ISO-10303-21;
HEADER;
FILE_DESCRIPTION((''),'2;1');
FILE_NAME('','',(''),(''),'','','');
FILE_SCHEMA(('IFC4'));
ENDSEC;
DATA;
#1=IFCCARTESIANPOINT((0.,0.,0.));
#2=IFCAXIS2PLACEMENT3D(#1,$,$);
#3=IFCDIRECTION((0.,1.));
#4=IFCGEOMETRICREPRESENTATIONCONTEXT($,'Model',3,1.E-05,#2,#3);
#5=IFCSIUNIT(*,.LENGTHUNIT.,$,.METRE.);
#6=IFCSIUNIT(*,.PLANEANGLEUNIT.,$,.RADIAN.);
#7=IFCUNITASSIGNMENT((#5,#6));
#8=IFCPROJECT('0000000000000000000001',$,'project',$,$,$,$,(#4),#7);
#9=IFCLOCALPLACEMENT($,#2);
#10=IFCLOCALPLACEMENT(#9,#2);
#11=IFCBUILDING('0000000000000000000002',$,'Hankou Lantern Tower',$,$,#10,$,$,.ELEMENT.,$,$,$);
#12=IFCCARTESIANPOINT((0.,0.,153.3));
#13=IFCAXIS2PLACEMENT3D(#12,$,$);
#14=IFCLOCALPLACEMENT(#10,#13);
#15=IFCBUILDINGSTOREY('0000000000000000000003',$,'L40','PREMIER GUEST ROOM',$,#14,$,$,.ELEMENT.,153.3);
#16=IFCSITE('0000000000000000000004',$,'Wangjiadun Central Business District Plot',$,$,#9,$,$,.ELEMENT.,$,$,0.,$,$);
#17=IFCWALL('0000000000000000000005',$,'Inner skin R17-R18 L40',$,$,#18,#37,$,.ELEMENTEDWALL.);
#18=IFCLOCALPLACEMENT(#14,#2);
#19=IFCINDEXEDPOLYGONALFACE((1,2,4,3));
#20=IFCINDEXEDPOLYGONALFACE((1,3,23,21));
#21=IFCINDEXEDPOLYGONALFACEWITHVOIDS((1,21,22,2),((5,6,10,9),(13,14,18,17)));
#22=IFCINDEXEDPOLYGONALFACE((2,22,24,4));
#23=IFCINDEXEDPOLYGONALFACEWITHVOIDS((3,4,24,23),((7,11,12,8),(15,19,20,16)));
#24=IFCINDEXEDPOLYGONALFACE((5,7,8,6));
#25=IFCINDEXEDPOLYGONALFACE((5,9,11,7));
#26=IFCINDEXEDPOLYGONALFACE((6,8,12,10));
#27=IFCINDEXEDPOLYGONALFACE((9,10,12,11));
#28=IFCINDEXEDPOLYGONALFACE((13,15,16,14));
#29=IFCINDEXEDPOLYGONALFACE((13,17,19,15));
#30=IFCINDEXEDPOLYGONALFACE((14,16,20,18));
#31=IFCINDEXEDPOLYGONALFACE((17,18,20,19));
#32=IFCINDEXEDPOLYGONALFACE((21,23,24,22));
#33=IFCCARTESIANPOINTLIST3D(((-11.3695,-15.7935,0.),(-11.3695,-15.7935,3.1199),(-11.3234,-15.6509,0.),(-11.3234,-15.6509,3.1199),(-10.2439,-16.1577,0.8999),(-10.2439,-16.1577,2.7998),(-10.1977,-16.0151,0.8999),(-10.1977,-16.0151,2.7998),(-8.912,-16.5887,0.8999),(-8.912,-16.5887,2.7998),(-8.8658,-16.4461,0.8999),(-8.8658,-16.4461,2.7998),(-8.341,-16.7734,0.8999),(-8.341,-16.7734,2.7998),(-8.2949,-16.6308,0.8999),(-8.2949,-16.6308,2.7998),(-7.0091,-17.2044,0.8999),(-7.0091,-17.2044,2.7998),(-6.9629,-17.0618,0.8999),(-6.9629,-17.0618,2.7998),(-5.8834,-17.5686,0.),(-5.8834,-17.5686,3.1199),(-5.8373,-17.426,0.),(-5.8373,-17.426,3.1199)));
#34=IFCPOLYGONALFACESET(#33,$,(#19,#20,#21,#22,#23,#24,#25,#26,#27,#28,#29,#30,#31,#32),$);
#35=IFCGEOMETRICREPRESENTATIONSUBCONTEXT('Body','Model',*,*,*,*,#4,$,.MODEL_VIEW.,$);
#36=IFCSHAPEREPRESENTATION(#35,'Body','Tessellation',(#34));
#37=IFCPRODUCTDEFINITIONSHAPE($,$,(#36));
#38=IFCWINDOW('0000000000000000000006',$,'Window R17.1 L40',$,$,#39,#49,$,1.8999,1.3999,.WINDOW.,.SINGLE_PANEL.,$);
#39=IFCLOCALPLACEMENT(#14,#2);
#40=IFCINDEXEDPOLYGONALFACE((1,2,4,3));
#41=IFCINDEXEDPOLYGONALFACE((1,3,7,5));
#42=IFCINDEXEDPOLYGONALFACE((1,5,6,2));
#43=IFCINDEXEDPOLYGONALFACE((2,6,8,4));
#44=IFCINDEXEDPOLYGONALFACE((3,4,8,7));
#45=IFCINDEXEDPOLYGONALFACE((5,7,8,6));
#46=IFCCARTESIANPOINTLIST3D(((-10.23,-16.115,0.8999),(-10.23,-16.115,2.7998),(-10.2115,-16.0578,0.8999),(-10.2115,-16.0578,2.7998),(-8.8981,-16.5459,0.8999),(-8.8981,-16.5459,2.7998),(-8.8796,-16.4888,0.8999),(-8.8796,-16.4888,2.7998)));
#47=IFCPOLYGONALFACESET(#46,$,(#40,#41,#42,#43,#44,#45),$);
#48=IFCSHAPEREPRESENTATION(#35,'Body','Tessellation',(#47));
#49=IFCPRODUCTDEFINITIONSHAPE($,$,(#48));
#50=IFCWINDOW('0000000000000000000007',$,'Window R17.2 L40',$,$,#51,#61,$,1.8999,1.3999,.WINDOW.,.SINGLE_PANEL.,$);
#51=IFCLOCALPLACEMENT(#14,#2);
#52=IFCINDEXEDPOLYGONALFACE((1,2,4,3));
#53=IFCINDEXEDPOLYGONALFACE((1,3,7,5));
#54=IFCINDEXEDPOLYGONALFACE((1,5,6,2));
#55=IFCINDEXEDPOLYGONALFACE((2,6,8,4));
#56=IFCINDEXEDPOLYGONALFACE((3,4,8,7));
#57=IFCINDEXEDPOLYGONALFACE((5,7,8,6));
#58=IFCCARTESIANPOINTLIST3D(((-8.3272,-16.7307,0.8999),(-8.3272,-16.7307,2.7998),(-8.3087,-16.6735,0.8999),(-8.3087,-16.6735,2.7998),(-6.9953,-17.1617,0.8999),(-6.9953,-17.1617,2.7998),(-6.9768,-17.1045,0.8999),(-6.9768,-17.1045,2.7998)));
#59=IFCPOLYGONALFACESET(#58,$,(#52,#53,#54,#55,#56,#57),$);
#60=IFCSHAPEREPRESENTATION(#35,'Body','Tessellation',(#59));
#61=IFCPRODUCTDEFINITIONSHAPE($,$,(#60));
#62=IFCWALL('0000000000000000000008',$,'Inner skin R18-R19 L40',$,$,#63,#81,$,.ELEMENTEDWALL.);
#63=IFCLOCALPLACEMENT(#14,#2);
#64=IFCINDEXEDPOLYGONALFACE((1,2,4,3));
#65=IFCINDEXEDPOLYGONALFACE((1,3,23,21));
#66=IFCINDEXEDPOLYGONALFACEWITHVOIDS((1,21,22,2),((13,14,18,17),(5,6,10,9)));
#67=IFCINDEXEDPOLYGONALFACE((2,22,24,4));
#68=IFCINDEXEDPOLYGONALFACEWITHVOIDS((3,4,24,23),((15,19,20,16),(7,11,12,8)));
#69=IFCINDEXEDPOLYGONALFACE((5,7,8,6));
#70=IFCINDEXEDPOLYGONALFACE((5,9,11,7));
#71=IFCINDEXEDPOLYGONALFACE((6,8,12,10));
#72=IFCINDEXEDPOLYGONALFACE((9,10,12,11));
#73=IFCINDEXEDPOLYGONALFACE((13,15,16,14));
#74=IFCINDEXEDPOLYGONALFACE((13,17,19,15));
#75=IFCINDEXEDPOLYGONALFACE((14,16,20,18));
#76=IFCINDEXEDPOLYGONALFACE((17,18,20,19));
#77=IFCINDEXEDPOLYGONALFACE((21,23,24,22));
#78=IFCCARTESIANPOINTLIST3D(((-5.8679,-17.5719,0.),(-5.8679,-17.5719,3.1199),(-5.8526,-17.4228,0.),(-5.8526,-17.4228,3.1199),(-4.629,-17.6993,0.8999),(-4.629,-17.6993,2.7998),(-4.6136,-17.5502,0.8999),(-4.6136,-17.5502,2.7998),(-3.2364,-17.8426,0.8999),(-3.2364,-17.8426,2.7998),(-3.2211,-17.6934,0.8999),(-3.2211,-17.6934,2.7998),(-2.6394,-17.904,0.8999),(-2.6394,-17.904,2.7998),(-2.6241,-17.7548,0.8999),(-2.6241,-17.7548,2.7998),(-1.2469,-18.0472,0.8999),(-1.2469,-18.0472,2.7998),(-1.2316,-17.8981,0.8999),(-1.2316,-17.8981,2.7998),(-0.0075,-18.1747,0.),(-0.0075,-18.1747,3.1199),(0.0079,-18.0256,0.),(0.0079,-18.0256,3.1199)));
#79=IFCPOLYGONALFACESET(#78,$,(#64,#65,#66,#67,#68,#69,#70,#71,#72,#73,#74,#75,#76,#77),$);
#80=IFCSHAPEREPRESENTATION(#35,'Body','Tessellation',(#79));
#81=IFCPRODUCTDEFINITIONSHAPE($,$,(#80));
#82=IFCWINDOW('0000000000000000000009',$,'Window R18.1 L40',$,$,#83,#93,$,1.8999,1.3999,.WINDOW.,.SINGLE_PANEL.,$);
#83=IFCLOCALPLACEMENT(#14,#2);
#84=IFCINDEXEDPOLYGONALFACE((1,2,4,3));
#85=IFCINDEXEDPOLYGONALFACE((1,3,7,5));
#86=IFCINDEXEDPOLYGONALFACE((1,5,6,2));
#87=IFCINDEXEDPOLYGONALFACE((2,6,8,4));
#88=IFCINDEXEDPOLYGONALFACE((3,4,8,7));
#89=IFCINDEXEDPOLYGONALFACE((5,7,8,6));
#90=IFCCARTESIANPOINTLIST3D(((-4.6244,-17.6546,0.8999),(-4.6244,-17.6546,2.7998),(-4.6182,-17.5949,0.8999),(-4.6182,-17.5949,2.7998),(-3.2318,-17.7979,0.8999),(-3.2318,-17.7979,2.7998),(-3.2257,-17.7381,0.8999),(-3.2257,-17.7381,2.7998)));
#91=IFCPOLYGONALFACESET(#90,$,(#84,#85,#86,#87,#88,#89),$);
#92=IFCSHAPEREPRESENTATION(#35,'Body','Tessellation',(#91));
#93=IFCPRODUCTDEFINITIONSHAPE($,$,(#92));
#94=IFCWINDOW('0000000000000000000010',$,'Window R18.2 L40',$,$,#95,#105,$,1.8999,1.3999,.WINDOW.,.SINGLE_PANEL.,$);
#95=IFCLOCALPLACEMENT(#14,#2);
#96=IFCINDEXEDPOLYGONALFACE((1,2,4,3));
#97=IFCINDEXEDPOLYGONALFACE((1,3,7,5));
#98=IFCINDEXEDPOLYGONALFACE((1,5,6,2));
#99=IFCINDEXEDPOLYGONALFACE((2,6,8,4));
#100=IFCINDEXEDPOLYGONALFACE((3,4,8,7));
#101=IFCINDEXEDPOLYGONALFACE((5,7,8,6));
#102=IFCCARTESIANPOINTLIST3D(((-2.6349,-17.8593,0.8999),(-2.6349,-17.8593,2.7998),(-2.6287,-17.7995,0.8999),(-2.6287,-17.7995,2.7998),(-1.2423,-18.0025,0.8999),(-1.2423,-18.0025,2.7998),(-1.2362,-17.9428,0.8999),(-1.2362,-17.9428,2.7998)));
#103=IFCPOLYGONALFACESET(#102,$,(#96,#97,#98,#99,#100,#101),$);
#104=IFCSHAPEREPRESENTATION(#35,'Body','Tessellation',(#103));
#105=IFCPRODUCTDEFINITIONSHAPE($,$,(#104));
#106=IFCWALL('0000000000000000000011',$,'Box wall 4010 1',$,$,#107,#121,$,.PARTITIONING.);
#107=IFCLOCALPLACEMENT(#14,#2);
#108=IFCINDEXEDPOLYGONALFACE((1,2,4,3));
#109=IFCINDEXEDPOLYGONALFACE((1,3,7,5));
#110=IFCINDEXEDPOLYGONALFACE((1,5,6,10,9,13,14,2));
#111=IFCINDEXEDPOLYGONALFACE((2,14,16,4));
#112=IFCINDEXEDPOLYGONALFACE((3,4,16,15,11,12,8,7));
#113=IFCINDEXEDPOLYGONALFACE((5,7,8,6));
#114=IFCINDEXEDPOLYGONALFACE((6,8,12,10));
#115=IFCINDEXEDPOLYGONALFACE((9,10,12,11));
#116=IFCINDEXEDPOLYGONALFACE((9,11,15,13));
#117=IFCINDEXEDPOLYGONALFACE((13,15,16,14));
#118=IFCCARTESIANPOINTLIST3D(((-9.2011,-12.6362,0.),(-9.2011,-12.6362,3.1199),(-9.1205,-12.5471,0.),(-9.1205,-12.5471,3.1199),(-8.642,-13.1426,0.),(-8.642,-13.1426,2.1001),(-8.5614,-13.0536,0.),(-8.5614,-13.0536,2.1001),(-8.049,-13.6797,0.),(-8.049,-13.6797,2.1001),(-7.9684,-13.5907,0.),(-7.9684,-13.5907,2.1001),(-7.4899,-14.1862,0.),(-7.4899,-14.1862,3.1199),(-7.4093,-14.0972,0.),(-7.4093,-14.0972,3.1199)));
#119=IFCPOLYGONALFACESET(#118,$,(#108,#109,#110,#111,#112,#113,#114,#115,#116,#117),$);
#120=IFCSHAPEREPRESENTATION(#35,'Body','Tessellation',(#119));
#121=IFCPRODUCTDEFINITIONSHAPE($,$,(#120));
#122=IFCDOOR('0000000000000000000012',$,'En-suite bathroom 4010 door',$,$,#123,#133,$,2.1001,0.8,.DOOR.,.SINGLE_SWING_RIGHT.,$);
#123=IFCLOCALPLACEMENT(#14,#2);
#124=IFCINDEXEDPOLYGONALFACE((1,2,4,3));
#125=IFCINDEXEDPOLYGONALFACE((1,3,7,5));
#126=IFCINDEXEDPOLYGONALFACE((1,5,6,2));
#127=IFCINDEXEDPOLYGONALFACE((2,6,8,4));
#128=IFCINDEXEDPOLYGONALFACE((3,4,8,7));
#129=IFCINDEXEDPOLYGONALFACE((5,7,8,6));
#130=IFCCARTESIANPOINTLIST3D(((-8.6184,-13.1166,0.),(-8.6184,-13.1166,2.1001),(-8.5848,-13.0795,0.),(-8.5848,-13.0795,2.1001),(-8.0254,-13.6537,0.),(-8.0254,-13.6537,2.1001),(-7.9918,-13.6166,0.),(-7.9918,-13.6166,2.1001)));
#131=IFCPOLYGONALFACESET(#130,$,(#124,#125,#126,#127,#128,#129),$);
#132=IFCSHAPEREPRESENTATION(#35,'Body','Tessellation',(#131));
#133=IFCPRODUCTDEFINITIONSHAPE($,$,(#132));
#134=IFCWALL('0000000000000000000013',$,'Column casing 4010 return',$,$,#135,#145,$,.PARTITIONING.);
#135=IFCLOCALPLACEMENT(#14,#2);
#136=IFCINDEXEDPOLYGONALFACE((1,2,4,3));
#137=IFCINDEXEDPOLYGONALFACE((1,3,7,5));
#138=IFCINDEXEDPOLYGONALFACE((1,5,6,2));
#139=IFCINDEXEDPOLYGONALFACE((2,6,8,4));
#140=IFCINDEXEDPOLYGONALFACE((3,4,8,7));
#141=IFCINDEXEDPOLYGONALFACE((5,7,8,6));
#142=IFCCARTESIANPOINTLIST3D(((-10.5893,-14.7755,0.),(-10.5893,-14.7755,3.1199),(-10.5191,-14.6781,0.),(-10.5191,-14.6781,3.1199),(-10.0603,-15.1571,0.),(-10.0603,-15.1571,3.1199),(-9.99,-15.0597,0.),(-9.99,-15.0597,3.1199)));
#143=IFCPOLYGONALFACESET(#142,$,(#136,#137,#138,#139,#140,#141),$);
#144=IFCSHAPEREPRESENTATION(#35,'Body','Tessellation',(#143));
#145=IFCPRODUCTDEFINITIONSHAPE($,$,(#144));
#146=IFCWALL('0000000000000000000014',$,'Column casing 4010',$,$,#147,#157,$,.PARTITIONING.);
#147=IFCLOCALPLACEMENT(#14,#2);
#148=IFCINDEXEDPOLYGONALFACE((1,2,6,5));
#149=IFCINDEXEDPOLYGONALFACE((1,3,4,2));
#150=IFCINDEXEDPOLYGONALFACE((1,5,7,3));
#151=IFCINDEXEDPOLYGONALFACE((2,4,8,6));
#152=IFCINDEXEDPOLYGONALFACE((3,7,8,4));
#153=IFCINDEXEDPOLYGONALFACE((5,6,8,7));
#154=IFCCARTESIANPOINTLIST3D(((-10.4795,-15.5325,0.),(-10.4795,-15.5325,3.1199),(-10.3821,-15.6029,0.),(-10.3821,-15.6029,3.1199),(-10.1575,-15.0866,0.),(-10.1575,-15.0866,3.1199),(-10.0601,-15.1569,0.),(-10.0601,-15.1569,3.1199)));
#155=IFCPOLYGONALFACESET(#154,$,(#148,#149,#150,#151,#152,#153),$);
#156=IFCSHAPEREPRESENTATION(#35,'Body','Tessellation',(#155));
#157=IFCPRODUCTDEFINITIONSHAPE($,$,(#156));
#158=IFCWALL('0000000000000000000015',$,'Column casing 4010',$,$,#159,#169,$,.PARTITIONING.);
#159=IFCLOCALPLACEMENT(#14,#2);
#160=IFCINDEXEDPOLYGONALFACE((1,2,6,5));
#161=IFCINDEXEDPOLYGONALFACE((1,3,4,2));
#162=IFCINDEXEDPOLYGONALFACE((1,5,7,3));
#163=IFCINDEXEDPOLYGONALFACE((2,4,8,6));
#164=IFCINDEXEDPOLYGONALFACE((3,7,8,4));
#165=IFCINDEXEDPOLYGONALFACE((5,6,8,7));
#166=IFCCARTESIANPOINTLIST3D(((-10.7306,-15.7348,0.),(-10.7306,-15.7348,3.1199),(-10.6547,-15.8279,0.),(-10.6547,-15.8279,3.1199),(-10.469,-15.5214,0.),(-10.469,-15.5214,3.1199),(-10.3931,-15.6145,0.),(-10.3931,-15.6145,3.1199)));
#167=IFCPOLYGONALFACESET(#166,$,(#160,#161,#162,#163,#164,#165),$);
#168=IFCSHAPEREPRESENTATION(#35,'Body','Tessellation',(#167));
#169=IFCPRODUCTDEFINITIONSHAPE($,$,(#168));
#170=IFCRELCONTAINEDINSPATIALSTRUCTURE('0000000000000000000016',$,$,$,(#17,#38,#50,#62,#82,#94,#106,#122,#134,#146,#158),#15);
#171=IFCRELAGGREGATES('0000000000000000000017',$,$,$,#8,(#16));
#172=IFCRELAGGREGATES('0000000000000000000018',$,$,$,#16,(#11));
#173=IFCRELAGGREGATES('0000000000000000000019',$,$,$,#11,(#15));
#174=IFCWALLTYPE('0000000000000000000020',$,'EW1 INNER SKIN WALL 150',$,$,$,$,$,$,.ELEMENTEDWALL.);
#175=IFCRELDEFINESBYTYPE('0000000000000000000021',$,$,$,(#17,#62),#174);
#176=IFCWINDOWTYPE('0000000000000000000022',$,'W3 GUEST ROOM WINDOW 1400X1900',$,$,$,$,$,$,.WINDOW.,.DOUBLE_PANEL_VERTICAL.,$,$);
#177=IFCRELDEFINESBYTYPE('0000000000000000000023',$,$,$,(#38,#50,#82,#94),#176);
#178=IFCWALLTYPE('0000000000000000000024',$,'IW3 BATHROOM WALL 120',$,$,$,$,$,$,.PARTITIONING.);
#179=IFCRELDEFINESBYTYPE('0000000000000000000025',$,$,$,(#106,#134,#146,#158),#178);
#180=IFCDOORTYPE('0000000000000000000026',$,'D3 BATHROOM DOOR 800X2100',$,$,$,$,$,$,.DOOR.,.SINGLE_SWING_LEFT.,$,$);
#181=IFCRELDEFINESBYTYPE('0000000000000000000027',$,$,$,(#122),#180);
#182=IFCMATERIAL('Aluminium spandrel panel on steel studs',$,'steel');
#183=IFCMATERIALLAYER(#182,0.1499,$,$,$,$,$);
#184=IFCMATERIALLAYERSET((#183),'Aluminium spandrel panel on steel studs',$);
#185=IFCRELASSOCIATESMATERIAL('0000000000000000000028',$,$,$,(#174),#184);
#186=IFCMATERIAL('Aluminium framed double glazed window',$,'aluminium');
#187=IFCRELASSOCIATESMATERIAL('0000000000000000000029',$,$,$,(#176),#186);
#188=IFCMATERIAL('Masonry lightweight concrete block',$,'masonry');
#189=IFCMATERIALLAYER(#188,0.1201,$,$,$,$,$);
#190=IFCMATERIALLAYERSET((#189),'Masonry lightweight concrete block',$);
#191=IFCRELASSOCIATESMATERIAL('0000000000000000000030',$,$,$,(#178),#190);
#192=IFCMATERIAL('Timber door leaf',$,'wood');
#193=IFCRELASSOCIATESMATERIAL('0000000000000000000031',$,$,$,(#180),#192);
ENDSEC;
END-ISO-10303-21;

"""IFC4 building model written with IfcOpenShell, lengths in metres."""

from ifc_helpers import new_model, si_unit, direction, frame, frame_2d, origin, place, context, subcontext, project, spatial, rectangle, extrude, material, layer, layer_set, type_object, element, fill, save


model = new_model("IFC4")

# Units and contexts
model_context = context("Model", 3, precision=1e-05, world=origin(), true_north=direction((0.0, 1.0)))
body_context = subcontext(model_context, "Body", "Model", "MODEL_VIEW")
ifc_project = project(units=[si_unit("LENGTHUNIT", "METRE"), si_unit("PLANEANGLEUNIT", "RADIAN")], contexts=[model_context])

# Site, building, storey
site_placement = place(None, origin())
site = spatial("IfcSite", under=ifc_project, at=site_placement, Name="Wangjiadun Central Business District Plot", CompositionType="ELEMENT", RefElevation=0.0)
building_placement = place(site_placement, origin())
building = spatial("IfcBuilding", under=site, at=building_placement, Name="Hankou Lantern Tower", CompositionType="ELEMENT")
storey_placement = place(building_placement, frame((0.0, 0.0, 153.3)))
storey = spatial("IfcBuildingStorey", under=building, at=storey_placement, Name="L40", Description="PREMIER GUEST ROOM", CompositionType="ELEMENT", Elevation=153.3)

# Walls, openings, windows
ifc_material_1 = material(Name="Aluminium spandrel panel on steel studs", Category="steel")
ifc_layer_1 = layer(ifc_material_1, 0.1499)
ifc_layer_set_1 = layer_set([ifc_layer_1], Name="Aluminium spandrel panel on steel studs")
wall_type_1 = type_object("IfcWallType", Name="EW1 INNER SKIN WALL 150", PredefinedType="ELEMENTEDWALL", material=ifc_layer_set_1)
wall_1_placement = place(storey_placement, frame((-11.3464, -15.7222, 0.0), z_axis=(0.0, 0.0, 1.0), x_axis=(0.951432, -0.307857, 0.0)))
wall_1 = element("IfcWall", 1, at=wall_1_placement, inside=storey, type_object=wall_type_1, Name="Inner skin R17-R18 L40", PredefinedType="ELEMENTEDWALL", context=body_context, shape_type="SweptSolid", body=[
    extrude(rectangle(XDim=5.7661, YDim=0.1499, at=frame_2d((2.8831, 0.0))), origin(), (0.0, 0.0, 1.0), 3.1199),
])
opening_1_placement = place(wall_1_placement, frame((1.1831, 0.0, 0.8999)))
opening_1 = element("IfcOpeningElement", 2, at=opening_1_placement, cuts=wall_1, PredefinedType="OPENING", context=body_context, shape_type="SweptSolid", body=[
    extrude(rectangle(XDim=1.3999, YDim=1.8999, at=frame_2d((0.7, 0.95))), frame((0.0, 0.085, 0.0), z_axis=(0.0, -1.0, 0.0), x_axis=(1.0, 0.0, 0.0)), (0.0, 0.0, 1.0), 0.1699),
])
opening_2_placement = place(wall_1_placement, frame((3.1831, 0.0, 0.8999)))
opening_2 = element("IfcOpeningElement", 3, at=opening_2_placement, cuts=wall_1, PredefinedType="OPENING", context=body_context, shape_type="SweptSolid", body=[
    extrude(rectangle(XDim=1.3999, YDim=1.8999, at=frame_2d((0.7, 0.95))), frame((0.0, 0.085, 0.0), z_axis=(0.0, -1.0, 0.0), x_axis=(1.0, 0.0, 0.0)), (0.0, 0.0, 1.0), 0.1699),
])
ifc_material_2 = material(Name="Aluminium framed double glazed window", Category="aluminium")
window_type = type_object("IfcWindowType", Name="W3 GUEST ROOM WINDOW 1400X1900", PartitioningType="DOUBLE_PANEL_VERTICAL", PredefinedType="WINDOW", material=ifc_material_2)
window_1_placement = place(opening_1_placement, origin())
window_1 = element("IfcWindow", 4, at=window_1_placement, inside=storey, type_object=window_type, Name="Window R17.1 L40", OverallHeight=1.8999, OverallWidth=1.3999, PartitioningType="SINGLE_PANEL", PredefinedType="WINDOW", context=body_context, shape_type="SweptSolid", body=[
    extrude(rectangle(XDim=1.3999, YDim=1.8999, at=frame_2d((0.7, 0.95))), frame((0.0, 0.03, 0.0), z_axis=(0.0, -1.0, 0.0), x_axis=(1.0, 0.0, 0.0)), (0.0, 0.0, 1.0), 0.0601),
])
fill(opening_1, window_1)
window_2_placement = place(opening_2_placement, origin())
window_2 = element("IfcWindow", 5, at=window_2_placement, inside=storey, type_object=window_type, Name="Window R17.2 L40", OverallHeight=1.8999, OverallWidth=1.3999, PartitioningType="SINGLE_PANEL", PredefinedType="WINDOW", context=body_context, shape_type="SweptSolid", body=[
    extrude(rectangle(XDim=1.3999, YDim=1.8999, at=frame_2d((0.7, 0.95))), frame((0.0, 0.03, 0.0), z_axis=(0.0, -1.0, 0.0), x_axis=(1.0, 0.0, 0.0)), (0.0, 0.0, 1.0), 0.0601),
])
fill(opening_2, window_2)
wall_2_placement = place(storey_placement, frame((-5.8604, -17.4973, 0.0), z_axis=(0.0, 0.0, 1.0), x_axis=(0.994752, -0.102318, 0.0)))
wall_2 = element("IfcWall", 6, at=wall_2_placement, inside=storey, type_object=wall_type_1, Name="Inner skin R18-R19 L40", PredefinedType="ELEMENTEDWALL", context=body_context, shape_type="SweptSolid", body=[
    extrude(rectangle(XDim=5.8914, YDim=0.1499, at=frame_2d((2.9458, 0.0))), origin(), (0.0, 0.0, 1.0), 3.1199),
])
opening_3_placement = place(wall_2_placement, frame((1.2456, 0.0, 0.8999)))
opening_3 = element("IfcOpeningElement", 7, at=opening_3_placement, cuts=wall_2, PredefinedType="OPENING", context=body_context, shape_type="SweptSolid", body=[
    extrude(rectangle(XDim=1.3999, YDim=1.8999, at=frame_2d((0.7, 0.95))), frame((0.0, 0.085, 0.0), z_axis=(0.0, -1.0, 0.0), x_axis=(1.0, 0.0, 0.0)), (0.0, 0.0, 1.0), 0.1699),
])
opening_4_placement = place(wall_2_placement, frame((3.2456, 0.0, 0.8999)))
opening_4 = element("IfcOpeningElement", 8, at=opening_4_placement, cuts=wall_2, PredefinedType="OPENING", context=body_context, shape_type="SweptSolid", body=[
    extrude(rectangle(XDim=1.3999, YDim=1.8999, at=frame_2d((0.7, 0.95))), frame((0.0, 0.085, 0.0), z_axis=(0.0, -1.0, 0.0), x_axis=(1.0, 0.0, 0.0)), (0.0, 0.0, 1.0), 0.1699),
])
window_3_placement = place(opening_3_placement, origin())
window_3 = element("IfcWindow", 9, at=window_3_placement, inside=storey, type_object=window_type, Name="Window R18.1 L40", OverallHeight=1.8999, OverallWidth=1.3999, PartitioningType="SINGLE_PANEL", PredefinedType="WINDOW", context=body_context, shape_type="SweptSolid", body=[
    extrude(rectangle(XDim=1.3999, YDim=1.8999, at=frame_2d((0.7, 0.95))), frame((0.0, 0.03, 0.0), z_axis=(0.0, -1.0, 0.0), x_axis=(1.0, 0.0, 0.0)), (0.0, 0.0, 1.0), 0.0601),
])
fill(opening_3, window_3)
window_4_placement = place(opening_4_placement, origin())
window_4 = element("IfcWindow", 10, at=window_4_placement, inside=storey, type_object=window_type, Name="Window R18.2 L40", OverallHeight=1.8999, OverallWidth=1.3999, PartitioningType="SINGLE_PANEL", PredefinedType="WINDOW", context=body_context, shape_type="SweptSolid", body=[
    extrude(rectangle(XDim=1.3999, YDim=1.8999, at=frame_2d((0.7, 0.95))), frame((0.0, 0.03, 0.0), z_axis=(0.0, -1.0, 0.0), x_axis=(1.0, 0.0, 0.0)), (0.0, 0.0, 1.0), 0.0601),
])
fill(opening_4, window_4)

# Wall, opening, door
ifc_material_3 = material(Name="Masonry lightweight concrete block", Category="masonry")
ifc_layer_2 = layer(ifc_material_3, 0.1201)
ifc_layer_set_2 = layer_set([ifc_layer_2], Name="Masonry lightweight concrete block")
wall_type_2 = type_object("IfcWallType", Name="IW3 BATHROOM WALL 120", PredefinedType="PARTITIONING", material=ifc_layer_set_2)
wall_3_placement = place(storey_placement, frame((-7.4497, -14.1416, 0.0), z_axis=(0.0, 0.0, 1.0), x_axis=(-0.74114, 0.671351, 0.0)))
wall_3 = element("IfcWall", 11, at=wall_3_placement, inside=storey, type_object=wall_type_2, Name="Box wall 4010 1", PredefinedType="PARTITIONING", context=body_context, shape_type="SweptSolid", body=[
    extrude(rectangle(XDim=2.3088, YDim=0.1201, at=frame_2d((1.1543, 0.0))), origin(), (0.0, 0.0, 1.0), 3.1199),
])
opening_5_placement = place(wall_3_placement, frame((0.7544, 0.0, 0.0)))
opening_5 = element("IfcOpeningElement", 12, at=opening_5_placement, cuts=wall_3, PredefinedType="OPENING", context=body_context, shape_type="SweptSolid", body=[
    extrude(rectangle(XDim=0.8, YDim=2.1001, at=frame_2d((0.3999, 1.05))), frame((0.0, 0.0701, 0.0), z_axis=(0.0, -1.0, 0.0), x_axis=(1.0, 0.0, 0.0)), (0.0, 0.0, 1.0), 0.1401),
])
ifc_material_4 = material(Name="Timber door leaf", Category="wood")
door_type = type_object("IfcDoorType", Name="D3 BATHROOM DOOR 800X2100", OperationType="SINGLE_SWING_LEFT", PredefinedType="DOOR", material=ifc_material_4)
door_1_placement = place(opening_5_placement, origin())
door_1 = element("IfcDoor", 13, at=door_1_placement, inside=storey, type_object=door_type, Name="En-suite bathroom 4010 door", OperationType="SINGLE_SWING_RIGHT", OverallHeight=2.1001, OverallWidth=0.8, PredefinedType="DOOR", context=body_context, shape_type="SweptSolid", body=[
    extrude(rectangle(XDim=0.8, YDim=2.1001, at=frame_2d((0.3999, 1.05))), frame((0.0, 0.0249, 0.0), z_axis=(0.0, -1.0, 0.0), x_axis=(1.0, 0.0, 0.0)), (0.0, 0.0, 1.0), 0.05),
])
fill(opening_5, door_1)

# Walls
wall_4_placement = place(storey_placement, frame((-10.5542, -14.7268, 0.0), z_axis=(0.0, 0.0, 1.0), x_axis=(0.811044, -0.584985, 0.0)))
element("IfcWall", 14, at=wall_4_placement, inside=storey, type_object=wall_type_2, Name="Column casing 4010 return", PredefinedType="PARTITIONING", context=body_context, shape_type="SweptSolid", body=[
    extrude(rectangle(XDim=0.6523, YDim=0.1201, at=frame_2d((0.3262, 0.0))), origin(), (0.0, 0.0, 1.0), 3.1199),
])
wall_5_placement = place(storey_placement, frame((-10.1089, -15.1218, 0.0), z_axis=(0.0, 0.0, 1.0), x_axis=(-0.585345, -0.810785, 0.0)))
element("IfcWall", 15, at=wall_5_placement, inside=storey, type_object=wall_type_2, Name="Column casing 4010", PredefinedType="PARTITIONING", context=body_context, shape_type="SweptSolid", body=[
    extrude(rectangle(XDim=0.55, YDim=0.1201, at=frame_2d((0.2749, 0.0))), origin(), (0.0, 0.0, 1.0), 3.1199),
])
wall_6_placement = place(storey_placement, frame((-10.4309, -15.5679, 0.0), z_axis=(0.0, 0.0, 1.0), x_axis=(-0.775051, -0.631898, 0.0)))
element("IfcWall", 16, at=wall_6_placement, inside=storey, type_object=wall_type_2, Name="Column casing 4010", PredefinedType="PARTITIONING", context=body_context, shape_type="SweptSolid", body=[
    extrude(rectangle(XDim=0.3376, YDim=0.1201, at=frame_2d((0.1689, 0.0))), origin(), (0.0, 0.0, 1.0), 3.1199),
])

save(model, "model.ifc")
